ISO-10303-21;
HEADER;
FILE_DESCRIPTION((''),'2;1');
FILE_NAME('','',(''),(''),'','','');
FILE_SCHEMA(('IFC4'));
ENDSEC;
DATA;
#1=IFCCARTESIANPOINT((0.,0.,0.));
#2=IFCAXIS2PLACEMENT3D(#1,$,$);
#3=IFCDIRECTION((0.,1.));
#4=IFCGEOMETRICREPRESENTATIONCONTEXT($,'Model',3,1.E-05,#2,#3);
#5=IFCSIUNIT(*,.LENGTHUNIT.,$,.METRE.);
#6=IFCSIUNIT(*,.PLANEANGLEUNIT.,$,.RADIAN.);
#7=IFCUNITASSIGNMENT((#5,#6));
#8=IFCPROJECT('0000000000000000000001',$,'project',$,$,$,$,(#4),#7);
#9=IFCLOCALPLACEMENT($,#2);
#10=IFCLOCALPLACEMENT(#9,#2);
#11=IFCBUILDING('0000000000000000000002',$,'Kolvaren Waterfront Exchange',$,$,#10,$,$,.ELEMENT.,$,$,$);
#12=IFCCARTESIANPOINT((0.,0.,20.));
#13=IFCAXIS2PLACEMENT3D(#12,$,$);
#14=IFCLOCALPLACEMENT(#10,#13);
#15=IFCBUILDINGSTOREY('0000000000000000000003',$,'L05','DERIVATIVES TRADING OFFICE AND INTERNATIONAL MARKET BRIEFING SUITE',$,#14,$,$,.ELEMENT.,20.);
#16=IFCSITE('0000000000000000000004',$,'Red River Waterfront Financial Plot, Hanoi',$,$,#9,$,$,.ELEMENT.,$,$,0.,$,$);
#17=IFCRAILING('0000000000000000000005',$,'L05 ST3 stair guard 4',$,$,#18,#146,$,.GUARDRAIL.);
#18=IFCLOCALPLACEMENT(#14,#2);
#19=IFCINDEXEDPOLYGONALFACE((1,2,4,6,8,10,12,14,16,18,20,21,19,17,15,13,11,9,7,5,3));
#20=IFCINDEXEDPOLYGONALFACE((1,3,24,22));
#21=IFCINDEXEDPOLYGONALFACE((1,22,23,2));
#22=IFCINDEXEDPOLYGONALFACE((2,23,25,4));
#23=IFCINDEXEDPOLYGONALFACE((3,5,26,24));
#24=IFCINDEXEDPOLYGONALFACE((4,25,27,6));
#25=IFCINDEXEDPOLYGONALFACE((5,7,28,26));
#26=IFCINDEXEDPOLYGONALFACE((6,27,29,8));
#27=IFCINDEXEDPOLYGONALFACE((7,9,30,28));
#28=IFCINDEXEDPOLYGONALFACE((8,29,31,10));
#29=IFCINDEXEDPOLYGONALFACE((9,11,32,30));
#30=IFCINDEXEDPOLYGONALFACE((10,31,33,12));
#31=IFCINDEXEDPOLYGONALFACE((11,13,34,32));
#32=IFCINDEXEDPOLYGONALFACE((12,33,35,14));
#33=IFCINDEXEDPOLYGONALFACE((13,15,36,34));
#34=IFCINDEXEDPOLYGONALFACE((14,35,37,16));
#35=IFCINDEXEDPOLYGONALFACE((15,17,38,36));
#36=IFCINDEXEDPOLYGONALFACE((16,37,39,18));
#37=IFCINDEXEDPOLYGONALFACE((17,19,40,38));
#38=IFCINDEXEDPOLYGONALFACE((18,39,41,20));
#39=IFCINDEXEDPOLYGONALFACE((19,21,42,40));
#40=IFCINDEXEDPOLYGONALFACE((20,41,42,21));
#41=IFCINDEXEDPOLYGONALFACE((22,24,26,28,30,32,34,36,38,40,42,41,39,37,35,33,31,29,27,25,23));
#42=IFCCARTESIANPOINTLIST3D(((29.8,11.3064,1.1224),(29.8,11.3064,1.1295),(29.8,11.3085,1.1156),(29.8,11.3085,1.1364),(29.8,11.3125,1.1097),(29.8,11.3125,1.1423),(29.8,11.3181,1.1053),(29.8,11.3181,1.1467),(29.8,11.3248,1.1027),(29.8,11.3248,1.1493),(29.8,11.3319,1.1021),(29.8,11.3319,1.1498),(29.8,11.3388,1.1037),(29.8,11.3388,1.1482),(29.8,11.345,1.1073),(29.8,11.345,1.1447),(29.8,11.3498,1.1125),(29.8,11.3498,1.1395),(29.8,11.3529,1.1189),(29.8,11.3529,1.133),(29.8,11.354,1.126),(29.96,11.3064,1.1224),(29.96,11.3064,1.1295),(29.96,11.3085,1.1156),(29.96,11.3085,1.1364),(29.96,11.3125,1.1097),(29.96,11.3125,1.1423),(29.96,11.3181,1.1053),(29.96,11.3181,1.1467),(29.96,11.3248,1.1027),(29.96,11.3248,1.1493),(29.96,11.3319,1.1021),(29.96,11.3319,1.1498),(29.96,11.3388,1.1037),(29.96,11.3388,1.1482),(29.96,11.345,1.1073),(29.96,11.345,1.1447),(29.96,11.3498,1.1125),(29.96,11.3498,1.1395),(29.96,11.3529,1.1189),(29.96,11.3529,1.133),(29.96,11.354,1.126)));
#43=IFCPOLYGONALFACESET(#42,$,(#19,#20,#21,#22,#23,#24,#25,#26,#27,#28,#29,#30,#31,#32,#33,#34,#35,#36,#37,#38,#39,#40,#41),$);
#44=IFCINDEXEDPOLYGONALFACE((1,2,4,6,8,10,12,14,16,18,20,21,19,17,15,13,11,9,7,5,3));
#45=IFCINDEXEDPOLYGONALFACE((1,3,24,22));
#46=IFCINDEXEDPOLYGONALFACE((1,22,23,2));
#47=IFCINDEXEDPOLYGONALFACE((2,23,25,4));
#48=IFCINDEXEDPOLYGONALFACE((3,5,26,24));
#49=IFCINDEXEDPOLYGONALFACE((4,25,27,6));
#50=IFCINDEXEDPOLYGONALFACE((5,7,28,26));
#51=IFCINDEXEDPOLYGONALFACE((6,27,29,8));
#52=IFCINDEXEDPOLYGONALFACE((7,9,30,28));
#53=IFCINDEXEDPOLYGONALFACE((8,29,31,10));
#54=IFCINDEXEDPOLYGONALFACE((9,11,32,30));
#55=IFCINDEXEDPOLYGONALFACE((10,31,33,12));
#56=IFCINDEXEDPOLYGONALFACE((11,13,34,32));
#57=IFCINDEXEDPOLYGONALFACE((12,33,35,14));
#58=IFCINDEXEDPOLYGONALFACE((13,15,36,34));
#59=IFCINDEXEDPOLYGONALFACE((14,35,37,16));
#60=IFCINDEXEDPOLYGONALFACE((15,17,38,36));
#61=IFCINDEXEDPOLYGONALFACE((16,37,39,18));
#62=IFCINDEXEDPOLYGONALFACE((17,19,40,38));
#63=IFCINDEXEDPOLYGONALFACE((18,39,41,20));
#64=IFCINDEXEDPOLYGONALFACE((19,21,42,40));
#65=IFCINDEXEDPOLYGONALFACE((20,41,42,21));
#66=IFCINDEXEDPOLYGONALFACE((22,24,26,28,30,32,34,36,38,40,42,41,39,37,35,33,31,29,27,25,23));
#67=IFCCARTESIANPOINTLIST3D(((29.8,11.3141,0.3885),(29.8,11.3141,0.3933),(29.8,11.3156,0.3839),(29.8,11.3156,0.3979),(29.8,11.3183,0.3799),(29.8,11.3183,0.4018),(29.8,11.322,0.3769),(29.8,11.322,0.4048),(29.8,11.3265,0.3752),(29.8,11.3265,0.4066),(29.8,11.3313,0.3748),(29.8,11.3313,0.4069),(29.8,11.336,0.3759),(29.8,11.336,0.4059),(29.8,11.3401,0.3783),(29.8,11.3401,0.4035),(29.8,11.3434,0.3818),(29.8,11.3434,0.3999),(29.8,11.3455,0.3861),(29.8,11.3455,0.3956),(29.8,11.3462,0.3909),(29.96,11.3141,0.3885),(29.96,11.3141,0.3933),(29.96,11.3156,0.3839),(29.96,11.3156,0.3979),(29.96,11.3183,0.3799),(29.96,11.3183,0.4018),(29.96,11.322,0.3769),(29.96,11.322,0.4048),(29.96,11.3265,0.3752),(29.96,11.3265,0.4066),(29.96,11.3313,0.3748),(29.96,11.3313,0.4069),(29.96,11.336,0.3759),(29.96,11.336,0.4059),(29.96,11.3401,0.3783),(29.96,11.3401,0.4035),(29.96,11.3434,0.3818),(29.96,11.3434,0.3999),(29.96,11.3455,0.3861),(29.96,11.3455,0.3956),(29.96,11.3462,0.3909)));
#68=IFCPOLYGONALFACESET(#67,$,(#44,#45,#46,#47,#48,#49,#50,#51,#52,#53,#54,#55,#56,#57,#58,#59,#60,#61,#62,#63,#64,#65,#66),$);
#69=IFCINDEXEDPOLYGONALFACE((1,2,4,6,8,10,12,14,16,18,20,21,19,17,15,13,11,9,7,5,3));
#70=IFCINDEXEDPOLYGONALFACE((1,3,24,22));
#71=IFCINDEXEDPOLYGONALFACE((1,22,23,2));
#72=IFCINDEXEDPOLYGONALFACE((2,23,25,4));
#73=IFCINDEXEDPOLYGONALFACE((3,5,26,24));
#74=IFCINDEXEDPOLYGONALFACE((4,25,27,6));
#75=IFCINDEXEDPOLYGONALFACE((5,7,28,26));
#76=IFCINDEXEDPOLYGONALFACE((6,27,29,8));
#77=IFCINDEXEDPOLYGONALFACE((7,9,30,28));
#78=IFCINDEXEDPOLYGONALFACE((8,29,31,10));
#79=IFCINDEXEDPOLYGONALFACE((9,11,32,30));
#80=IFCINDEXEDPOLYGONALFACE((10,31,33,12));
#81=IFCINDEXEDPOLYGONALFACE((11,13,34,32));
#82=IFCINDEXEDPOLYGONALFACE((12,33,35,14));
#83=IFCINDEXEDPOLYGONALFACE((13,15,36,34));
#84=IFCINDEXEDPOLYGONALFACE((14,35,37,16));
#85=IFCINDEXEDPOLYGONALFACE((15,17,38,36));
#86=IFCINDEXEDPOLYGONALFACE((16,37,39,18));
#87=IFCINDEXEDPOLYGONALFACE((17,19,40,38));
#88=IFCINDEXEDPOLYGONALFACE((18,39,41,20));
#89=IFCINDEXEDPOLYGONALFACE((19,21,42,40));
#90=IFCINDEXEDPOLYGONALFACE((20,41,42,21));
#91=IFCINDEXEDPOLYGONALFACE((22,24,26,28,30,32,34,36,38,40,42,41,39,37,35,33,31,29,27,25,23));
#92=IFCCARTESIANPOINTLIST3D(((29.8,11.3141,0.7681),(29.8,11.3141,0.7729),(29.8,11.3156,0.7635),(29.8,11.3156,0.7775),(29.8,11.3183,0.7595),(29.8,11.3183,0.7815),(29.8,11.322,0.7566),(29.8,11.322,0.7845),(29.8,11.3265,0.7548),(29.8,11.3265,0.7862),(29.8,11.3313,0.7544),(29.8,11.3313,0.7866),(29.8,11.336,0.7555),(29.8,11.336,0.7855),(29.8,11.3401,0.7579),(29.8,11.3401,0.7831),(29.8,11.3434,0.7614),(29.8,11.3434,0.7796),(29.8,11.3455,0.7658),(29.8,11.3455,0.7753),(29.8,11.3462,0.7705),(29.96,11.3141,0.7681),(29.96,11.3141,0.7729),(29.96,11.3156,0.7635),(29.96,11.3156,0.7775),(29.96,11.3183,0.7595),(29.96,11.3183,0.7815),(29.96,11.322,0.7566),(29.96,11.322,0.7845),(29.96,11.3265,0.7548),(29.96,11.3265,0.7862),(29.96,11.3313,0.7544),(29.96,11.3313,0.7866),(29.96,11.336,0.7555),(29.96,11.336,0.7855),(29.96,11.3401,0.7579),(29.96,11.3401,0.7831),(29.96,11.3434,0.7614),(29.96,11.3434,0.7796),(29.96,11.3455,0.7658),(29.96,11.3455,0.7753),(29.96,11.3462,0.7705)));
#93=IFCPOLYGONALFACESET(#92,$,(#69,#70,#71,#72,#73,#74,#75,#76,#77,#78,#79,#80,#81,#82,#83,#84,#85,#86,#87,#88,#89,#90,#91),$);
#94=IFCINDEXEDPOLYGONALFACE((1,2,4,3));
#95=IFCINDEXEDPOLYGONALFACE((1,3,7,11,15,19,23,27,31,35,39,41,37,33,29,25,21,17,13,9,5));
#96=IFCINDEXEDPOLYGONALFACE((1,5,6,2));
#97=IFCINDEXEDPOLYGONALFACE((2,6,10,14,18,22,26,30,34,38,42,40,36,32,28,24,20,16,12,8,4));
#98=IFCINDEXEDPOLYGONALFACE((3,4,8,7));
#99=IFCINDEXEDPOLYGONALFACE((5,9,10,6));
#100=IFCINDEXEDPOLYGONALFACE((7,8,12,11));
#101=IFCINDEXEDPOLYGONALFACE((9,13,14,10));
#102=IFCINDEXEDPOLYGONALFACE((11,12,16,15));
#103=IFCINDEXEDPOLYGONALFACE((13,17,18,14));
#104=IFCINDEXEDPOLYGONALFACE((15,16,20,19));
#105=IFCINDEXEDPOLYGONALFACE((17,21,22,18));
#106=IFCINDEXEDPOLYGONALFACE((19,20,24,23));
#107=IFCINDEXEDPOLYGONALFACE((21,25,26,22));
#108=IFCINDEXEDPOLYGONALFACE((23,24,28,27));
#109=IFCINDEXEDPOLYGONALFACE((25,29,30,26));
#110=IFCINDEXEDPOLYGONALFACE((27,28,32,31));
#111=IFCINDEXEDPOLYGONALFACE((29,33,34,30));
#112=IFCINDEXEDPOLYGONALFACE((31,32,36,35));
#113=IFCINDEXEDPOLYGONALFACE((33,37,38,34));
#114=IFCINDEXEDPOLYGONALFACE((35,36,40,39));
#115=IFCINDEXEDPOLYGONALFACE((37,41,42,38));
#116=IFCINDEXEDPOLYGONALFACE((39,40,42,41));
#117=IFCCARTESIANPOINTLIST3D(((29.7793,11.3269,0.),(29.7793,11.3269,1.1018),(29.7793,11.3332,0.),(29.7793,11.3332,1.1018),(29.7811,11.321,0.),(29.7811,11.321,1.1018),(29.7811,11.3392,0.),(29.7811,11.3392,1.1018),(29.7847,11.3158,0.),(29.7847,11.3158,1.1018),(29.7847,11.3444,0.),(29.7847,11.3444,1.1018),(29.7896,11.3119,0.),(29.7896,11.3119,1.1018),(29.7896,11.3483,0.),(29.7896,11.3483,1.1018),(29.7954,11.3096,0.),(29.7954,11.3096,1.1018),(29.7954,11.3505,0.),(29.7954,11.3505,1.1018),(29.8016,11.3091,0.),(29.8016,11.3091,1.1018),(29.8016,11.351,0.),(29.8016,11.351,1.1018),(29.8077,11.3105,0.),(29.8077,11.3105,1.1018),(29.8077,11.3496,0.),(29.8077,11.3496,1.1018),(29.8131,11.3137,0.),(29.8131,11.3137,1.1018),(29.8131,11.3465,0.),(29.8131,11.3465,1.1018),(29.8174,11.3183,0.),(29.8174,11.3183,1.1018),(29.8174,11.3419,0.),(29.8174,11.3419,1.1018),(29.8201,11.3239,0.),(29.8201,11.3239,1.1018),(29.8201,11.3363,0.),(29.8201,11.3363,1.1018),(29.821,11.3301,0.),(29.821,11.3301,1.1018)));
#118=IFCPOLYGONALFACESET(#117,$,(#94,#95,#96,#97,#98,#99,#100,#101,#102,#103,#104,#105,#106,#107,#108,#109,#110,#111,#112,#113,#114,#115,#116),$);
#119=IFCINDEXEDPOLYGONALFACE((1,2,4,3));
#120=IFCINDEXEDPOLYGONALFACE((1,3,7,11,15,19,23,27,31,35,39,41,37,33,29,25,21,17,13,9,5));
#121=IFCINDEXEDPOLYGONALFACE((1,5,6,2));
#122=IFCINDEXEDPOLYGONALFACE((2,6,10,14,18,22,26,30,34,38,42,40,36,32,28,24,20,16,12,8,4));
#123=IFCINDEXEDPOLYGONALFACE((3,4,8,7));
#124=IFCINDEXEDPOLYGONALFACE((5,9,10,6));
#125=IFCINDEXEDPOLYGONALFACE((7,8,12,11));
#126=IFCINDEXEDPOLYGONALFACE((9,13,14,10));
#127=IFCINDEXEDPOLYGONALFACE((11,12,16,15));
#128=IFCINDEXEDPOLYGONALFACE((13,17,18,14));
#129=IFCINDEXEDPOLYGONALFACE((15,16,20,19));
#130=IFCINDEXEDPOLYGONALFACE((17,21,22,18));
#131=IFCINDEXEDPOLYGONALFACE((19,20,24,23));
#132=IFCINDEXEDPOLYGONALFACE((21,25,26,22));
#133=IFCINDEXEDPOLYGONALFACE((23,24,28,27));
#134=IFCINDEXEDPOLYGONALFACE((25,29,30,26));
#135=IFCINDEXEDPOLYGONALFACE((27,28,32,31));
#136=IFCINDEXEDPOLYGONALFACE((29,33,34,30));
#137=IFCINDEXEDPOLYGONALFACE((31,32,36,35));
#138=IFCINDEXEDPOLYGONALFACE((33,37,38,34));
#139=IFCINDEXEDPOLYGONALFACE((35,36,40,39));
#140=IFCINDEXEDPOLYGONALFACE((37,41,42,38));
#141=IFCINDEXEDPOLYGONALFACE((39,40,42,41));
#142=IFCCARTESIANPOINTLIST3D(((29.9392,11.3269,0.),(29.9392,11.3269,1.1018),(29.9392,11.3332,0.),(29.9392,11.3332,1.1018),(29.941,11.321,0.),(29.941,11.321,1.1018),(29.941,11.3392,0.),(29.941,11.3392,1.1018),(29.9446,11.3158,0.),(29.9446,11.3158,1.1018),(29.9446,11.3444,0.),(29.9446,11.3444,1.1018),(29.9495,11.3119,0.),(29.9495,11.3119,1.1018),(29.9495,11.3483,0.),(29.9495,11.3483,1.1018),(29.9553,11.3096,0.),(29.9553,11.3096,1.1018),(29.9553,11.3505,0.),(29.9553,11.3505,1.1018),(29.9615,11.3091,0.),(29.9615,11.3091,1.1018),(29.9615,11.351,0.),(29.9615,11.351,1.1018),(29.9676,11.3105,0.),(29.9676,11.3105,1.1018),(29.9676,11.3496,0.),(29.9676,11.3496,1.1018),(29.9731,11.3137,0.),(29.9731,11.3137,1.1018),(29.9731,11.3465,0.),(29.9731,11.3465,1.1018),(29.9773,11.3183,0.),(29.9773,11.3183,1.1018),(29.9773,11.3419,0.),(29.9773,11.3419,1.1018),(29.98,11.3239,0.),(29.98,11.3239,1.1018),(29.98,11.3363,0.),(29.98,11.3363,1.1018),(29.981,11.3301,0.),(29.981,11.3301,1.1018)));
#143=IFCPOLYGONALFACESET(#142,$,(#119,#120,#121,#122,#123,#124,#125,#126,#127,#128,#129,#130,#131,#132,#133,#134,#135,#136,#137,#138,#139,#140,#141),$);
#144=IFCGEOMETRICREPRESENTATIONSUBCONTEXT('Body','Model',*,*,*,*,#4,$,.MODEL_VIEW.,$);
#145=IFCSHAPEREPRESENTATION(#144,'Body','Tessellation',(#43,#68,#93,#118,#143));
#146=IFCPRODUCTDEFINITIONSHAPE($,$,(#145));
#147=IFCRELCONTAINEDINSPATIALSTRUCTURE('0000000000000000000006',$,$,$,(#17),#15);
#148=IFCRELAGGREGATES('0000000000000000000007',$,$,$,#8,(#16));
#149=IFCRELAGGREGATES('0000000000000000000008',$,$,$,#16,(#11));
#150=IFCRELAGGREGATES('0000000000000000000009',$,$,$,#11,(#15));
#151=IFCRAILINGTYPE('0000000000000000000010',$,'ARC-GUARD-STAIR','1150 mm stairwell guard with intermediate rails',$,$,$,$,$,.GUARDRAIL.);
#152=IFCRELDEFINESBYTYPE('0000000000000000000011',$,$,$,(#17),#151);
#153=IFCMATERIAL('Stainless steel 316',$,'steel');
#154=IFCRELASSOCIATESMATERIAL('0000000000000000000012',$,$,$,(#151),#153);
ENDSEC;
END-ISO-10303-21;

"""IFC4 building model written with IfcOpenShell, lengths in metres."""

from ifc_helpers import new_model, si_unit, direction, frame, origin, origin_2d, place, context, subcontext, project, spatial, circle, extrude, material, type_object, element, save


model = new_model("IFC4")

# Units and contexts
model_context = context("Model", 3, precision=1e-05, world=origin(), true_north=direction((0.0, 1.0)))
body_context = subcontext(model_context, "Body", "Model", "MODEL_VIEW")
ifc_project = project(units=[si_unit("LENGTHUNIT", "METRE"), si_unit("PLANEANGLEUNIT", "RADIAN")], contexts=[model_context])

# Site, building, storey
site_placement = place(None, origin())
site = spatial("IfcSite", under=ifc_project, at=site_placement, Name="Red River Waterfront Financial Plot, Hanoi", CompositionType="ELEMENT", RefElevation=0.0)
building_placement = place(site_placement, origin())
building = spatial("IfcBuilding", under=site, at=building_placement, Name="Kolvaren Waterfront Exchange", CompositionType="ELEMENT")
storey_placement = place(building_placement, frame((0.0, 0.0, 20.0)))
storey = spatial("IfcBuildingStorey", under=building, at=storey_placement, Name="L05", Description="DERIVATIVES TRADING OFFICE AND INTERNATIONAL MARKET BRIEFING SUITE", CompositionType="ELEMENT", Elevation=20.0)

# Railing
ifc_material_1 = material(Name="Stainless steel 316", Category="steel")
railing_type_1 = type_object("IfcRailingType", Name="ARC-GUARD-STAIR", Description="1150 mm stairwell guard with intermediate rails", PredefinedType="GUARDRAIL", material=ifc_material_1)
railing_1_placement = place(storey_placement, frame((29.8, 11.3301, 0.0)))
element("IfcRailing", 1, at=railing_1_placement, inside=storey, type_object=railing_type_1, Name="L05 ST3 stair guard 4", PredefinedType="GUARDRAIL", context=body_context, shape_type="SweptSolid", body=[
    extrude(circle(Radius=0.0239, at=origin_2d()), frame((0.0, 0.0, 1.126), z_axis=(1.0, 0.0, 0.0), x_axis=(0.0, 1.0, 0.0)), (0.0, 0.0, 1.0), 0.1599),
    extrude(circle(Radius=0.0161, at=origin_2d()), frame((0.0, 0.0, 0.3909), z_axis=(1.0, 0.0, 0.0), x_axis=(0.0, 1.0, 0.0)), (0.0, 0.0, 1.0), 0.1599),
    extrude(circle(Radius=0.0161, at=origin_2d()), frame((0.0, 0.0, 0.7705), z_axis=(1.0, 0.0, 0.0), x_axis=(0.0, 1.0, 0.0)), (0.0, 0.0, 1.0), 0.1599),
    extrude(circle(Radius=0.021, at=origin_2d()), origin(), (0.0, 0.0, 1.0), 1.1018),
    extrude(circle(Radius=0.021, at=origin_2d()), frame((0.1599, 0.0, 0.0)), (0.0, 0.0, 1.0), 1.1018),
])

save(model, "model.ifc")
